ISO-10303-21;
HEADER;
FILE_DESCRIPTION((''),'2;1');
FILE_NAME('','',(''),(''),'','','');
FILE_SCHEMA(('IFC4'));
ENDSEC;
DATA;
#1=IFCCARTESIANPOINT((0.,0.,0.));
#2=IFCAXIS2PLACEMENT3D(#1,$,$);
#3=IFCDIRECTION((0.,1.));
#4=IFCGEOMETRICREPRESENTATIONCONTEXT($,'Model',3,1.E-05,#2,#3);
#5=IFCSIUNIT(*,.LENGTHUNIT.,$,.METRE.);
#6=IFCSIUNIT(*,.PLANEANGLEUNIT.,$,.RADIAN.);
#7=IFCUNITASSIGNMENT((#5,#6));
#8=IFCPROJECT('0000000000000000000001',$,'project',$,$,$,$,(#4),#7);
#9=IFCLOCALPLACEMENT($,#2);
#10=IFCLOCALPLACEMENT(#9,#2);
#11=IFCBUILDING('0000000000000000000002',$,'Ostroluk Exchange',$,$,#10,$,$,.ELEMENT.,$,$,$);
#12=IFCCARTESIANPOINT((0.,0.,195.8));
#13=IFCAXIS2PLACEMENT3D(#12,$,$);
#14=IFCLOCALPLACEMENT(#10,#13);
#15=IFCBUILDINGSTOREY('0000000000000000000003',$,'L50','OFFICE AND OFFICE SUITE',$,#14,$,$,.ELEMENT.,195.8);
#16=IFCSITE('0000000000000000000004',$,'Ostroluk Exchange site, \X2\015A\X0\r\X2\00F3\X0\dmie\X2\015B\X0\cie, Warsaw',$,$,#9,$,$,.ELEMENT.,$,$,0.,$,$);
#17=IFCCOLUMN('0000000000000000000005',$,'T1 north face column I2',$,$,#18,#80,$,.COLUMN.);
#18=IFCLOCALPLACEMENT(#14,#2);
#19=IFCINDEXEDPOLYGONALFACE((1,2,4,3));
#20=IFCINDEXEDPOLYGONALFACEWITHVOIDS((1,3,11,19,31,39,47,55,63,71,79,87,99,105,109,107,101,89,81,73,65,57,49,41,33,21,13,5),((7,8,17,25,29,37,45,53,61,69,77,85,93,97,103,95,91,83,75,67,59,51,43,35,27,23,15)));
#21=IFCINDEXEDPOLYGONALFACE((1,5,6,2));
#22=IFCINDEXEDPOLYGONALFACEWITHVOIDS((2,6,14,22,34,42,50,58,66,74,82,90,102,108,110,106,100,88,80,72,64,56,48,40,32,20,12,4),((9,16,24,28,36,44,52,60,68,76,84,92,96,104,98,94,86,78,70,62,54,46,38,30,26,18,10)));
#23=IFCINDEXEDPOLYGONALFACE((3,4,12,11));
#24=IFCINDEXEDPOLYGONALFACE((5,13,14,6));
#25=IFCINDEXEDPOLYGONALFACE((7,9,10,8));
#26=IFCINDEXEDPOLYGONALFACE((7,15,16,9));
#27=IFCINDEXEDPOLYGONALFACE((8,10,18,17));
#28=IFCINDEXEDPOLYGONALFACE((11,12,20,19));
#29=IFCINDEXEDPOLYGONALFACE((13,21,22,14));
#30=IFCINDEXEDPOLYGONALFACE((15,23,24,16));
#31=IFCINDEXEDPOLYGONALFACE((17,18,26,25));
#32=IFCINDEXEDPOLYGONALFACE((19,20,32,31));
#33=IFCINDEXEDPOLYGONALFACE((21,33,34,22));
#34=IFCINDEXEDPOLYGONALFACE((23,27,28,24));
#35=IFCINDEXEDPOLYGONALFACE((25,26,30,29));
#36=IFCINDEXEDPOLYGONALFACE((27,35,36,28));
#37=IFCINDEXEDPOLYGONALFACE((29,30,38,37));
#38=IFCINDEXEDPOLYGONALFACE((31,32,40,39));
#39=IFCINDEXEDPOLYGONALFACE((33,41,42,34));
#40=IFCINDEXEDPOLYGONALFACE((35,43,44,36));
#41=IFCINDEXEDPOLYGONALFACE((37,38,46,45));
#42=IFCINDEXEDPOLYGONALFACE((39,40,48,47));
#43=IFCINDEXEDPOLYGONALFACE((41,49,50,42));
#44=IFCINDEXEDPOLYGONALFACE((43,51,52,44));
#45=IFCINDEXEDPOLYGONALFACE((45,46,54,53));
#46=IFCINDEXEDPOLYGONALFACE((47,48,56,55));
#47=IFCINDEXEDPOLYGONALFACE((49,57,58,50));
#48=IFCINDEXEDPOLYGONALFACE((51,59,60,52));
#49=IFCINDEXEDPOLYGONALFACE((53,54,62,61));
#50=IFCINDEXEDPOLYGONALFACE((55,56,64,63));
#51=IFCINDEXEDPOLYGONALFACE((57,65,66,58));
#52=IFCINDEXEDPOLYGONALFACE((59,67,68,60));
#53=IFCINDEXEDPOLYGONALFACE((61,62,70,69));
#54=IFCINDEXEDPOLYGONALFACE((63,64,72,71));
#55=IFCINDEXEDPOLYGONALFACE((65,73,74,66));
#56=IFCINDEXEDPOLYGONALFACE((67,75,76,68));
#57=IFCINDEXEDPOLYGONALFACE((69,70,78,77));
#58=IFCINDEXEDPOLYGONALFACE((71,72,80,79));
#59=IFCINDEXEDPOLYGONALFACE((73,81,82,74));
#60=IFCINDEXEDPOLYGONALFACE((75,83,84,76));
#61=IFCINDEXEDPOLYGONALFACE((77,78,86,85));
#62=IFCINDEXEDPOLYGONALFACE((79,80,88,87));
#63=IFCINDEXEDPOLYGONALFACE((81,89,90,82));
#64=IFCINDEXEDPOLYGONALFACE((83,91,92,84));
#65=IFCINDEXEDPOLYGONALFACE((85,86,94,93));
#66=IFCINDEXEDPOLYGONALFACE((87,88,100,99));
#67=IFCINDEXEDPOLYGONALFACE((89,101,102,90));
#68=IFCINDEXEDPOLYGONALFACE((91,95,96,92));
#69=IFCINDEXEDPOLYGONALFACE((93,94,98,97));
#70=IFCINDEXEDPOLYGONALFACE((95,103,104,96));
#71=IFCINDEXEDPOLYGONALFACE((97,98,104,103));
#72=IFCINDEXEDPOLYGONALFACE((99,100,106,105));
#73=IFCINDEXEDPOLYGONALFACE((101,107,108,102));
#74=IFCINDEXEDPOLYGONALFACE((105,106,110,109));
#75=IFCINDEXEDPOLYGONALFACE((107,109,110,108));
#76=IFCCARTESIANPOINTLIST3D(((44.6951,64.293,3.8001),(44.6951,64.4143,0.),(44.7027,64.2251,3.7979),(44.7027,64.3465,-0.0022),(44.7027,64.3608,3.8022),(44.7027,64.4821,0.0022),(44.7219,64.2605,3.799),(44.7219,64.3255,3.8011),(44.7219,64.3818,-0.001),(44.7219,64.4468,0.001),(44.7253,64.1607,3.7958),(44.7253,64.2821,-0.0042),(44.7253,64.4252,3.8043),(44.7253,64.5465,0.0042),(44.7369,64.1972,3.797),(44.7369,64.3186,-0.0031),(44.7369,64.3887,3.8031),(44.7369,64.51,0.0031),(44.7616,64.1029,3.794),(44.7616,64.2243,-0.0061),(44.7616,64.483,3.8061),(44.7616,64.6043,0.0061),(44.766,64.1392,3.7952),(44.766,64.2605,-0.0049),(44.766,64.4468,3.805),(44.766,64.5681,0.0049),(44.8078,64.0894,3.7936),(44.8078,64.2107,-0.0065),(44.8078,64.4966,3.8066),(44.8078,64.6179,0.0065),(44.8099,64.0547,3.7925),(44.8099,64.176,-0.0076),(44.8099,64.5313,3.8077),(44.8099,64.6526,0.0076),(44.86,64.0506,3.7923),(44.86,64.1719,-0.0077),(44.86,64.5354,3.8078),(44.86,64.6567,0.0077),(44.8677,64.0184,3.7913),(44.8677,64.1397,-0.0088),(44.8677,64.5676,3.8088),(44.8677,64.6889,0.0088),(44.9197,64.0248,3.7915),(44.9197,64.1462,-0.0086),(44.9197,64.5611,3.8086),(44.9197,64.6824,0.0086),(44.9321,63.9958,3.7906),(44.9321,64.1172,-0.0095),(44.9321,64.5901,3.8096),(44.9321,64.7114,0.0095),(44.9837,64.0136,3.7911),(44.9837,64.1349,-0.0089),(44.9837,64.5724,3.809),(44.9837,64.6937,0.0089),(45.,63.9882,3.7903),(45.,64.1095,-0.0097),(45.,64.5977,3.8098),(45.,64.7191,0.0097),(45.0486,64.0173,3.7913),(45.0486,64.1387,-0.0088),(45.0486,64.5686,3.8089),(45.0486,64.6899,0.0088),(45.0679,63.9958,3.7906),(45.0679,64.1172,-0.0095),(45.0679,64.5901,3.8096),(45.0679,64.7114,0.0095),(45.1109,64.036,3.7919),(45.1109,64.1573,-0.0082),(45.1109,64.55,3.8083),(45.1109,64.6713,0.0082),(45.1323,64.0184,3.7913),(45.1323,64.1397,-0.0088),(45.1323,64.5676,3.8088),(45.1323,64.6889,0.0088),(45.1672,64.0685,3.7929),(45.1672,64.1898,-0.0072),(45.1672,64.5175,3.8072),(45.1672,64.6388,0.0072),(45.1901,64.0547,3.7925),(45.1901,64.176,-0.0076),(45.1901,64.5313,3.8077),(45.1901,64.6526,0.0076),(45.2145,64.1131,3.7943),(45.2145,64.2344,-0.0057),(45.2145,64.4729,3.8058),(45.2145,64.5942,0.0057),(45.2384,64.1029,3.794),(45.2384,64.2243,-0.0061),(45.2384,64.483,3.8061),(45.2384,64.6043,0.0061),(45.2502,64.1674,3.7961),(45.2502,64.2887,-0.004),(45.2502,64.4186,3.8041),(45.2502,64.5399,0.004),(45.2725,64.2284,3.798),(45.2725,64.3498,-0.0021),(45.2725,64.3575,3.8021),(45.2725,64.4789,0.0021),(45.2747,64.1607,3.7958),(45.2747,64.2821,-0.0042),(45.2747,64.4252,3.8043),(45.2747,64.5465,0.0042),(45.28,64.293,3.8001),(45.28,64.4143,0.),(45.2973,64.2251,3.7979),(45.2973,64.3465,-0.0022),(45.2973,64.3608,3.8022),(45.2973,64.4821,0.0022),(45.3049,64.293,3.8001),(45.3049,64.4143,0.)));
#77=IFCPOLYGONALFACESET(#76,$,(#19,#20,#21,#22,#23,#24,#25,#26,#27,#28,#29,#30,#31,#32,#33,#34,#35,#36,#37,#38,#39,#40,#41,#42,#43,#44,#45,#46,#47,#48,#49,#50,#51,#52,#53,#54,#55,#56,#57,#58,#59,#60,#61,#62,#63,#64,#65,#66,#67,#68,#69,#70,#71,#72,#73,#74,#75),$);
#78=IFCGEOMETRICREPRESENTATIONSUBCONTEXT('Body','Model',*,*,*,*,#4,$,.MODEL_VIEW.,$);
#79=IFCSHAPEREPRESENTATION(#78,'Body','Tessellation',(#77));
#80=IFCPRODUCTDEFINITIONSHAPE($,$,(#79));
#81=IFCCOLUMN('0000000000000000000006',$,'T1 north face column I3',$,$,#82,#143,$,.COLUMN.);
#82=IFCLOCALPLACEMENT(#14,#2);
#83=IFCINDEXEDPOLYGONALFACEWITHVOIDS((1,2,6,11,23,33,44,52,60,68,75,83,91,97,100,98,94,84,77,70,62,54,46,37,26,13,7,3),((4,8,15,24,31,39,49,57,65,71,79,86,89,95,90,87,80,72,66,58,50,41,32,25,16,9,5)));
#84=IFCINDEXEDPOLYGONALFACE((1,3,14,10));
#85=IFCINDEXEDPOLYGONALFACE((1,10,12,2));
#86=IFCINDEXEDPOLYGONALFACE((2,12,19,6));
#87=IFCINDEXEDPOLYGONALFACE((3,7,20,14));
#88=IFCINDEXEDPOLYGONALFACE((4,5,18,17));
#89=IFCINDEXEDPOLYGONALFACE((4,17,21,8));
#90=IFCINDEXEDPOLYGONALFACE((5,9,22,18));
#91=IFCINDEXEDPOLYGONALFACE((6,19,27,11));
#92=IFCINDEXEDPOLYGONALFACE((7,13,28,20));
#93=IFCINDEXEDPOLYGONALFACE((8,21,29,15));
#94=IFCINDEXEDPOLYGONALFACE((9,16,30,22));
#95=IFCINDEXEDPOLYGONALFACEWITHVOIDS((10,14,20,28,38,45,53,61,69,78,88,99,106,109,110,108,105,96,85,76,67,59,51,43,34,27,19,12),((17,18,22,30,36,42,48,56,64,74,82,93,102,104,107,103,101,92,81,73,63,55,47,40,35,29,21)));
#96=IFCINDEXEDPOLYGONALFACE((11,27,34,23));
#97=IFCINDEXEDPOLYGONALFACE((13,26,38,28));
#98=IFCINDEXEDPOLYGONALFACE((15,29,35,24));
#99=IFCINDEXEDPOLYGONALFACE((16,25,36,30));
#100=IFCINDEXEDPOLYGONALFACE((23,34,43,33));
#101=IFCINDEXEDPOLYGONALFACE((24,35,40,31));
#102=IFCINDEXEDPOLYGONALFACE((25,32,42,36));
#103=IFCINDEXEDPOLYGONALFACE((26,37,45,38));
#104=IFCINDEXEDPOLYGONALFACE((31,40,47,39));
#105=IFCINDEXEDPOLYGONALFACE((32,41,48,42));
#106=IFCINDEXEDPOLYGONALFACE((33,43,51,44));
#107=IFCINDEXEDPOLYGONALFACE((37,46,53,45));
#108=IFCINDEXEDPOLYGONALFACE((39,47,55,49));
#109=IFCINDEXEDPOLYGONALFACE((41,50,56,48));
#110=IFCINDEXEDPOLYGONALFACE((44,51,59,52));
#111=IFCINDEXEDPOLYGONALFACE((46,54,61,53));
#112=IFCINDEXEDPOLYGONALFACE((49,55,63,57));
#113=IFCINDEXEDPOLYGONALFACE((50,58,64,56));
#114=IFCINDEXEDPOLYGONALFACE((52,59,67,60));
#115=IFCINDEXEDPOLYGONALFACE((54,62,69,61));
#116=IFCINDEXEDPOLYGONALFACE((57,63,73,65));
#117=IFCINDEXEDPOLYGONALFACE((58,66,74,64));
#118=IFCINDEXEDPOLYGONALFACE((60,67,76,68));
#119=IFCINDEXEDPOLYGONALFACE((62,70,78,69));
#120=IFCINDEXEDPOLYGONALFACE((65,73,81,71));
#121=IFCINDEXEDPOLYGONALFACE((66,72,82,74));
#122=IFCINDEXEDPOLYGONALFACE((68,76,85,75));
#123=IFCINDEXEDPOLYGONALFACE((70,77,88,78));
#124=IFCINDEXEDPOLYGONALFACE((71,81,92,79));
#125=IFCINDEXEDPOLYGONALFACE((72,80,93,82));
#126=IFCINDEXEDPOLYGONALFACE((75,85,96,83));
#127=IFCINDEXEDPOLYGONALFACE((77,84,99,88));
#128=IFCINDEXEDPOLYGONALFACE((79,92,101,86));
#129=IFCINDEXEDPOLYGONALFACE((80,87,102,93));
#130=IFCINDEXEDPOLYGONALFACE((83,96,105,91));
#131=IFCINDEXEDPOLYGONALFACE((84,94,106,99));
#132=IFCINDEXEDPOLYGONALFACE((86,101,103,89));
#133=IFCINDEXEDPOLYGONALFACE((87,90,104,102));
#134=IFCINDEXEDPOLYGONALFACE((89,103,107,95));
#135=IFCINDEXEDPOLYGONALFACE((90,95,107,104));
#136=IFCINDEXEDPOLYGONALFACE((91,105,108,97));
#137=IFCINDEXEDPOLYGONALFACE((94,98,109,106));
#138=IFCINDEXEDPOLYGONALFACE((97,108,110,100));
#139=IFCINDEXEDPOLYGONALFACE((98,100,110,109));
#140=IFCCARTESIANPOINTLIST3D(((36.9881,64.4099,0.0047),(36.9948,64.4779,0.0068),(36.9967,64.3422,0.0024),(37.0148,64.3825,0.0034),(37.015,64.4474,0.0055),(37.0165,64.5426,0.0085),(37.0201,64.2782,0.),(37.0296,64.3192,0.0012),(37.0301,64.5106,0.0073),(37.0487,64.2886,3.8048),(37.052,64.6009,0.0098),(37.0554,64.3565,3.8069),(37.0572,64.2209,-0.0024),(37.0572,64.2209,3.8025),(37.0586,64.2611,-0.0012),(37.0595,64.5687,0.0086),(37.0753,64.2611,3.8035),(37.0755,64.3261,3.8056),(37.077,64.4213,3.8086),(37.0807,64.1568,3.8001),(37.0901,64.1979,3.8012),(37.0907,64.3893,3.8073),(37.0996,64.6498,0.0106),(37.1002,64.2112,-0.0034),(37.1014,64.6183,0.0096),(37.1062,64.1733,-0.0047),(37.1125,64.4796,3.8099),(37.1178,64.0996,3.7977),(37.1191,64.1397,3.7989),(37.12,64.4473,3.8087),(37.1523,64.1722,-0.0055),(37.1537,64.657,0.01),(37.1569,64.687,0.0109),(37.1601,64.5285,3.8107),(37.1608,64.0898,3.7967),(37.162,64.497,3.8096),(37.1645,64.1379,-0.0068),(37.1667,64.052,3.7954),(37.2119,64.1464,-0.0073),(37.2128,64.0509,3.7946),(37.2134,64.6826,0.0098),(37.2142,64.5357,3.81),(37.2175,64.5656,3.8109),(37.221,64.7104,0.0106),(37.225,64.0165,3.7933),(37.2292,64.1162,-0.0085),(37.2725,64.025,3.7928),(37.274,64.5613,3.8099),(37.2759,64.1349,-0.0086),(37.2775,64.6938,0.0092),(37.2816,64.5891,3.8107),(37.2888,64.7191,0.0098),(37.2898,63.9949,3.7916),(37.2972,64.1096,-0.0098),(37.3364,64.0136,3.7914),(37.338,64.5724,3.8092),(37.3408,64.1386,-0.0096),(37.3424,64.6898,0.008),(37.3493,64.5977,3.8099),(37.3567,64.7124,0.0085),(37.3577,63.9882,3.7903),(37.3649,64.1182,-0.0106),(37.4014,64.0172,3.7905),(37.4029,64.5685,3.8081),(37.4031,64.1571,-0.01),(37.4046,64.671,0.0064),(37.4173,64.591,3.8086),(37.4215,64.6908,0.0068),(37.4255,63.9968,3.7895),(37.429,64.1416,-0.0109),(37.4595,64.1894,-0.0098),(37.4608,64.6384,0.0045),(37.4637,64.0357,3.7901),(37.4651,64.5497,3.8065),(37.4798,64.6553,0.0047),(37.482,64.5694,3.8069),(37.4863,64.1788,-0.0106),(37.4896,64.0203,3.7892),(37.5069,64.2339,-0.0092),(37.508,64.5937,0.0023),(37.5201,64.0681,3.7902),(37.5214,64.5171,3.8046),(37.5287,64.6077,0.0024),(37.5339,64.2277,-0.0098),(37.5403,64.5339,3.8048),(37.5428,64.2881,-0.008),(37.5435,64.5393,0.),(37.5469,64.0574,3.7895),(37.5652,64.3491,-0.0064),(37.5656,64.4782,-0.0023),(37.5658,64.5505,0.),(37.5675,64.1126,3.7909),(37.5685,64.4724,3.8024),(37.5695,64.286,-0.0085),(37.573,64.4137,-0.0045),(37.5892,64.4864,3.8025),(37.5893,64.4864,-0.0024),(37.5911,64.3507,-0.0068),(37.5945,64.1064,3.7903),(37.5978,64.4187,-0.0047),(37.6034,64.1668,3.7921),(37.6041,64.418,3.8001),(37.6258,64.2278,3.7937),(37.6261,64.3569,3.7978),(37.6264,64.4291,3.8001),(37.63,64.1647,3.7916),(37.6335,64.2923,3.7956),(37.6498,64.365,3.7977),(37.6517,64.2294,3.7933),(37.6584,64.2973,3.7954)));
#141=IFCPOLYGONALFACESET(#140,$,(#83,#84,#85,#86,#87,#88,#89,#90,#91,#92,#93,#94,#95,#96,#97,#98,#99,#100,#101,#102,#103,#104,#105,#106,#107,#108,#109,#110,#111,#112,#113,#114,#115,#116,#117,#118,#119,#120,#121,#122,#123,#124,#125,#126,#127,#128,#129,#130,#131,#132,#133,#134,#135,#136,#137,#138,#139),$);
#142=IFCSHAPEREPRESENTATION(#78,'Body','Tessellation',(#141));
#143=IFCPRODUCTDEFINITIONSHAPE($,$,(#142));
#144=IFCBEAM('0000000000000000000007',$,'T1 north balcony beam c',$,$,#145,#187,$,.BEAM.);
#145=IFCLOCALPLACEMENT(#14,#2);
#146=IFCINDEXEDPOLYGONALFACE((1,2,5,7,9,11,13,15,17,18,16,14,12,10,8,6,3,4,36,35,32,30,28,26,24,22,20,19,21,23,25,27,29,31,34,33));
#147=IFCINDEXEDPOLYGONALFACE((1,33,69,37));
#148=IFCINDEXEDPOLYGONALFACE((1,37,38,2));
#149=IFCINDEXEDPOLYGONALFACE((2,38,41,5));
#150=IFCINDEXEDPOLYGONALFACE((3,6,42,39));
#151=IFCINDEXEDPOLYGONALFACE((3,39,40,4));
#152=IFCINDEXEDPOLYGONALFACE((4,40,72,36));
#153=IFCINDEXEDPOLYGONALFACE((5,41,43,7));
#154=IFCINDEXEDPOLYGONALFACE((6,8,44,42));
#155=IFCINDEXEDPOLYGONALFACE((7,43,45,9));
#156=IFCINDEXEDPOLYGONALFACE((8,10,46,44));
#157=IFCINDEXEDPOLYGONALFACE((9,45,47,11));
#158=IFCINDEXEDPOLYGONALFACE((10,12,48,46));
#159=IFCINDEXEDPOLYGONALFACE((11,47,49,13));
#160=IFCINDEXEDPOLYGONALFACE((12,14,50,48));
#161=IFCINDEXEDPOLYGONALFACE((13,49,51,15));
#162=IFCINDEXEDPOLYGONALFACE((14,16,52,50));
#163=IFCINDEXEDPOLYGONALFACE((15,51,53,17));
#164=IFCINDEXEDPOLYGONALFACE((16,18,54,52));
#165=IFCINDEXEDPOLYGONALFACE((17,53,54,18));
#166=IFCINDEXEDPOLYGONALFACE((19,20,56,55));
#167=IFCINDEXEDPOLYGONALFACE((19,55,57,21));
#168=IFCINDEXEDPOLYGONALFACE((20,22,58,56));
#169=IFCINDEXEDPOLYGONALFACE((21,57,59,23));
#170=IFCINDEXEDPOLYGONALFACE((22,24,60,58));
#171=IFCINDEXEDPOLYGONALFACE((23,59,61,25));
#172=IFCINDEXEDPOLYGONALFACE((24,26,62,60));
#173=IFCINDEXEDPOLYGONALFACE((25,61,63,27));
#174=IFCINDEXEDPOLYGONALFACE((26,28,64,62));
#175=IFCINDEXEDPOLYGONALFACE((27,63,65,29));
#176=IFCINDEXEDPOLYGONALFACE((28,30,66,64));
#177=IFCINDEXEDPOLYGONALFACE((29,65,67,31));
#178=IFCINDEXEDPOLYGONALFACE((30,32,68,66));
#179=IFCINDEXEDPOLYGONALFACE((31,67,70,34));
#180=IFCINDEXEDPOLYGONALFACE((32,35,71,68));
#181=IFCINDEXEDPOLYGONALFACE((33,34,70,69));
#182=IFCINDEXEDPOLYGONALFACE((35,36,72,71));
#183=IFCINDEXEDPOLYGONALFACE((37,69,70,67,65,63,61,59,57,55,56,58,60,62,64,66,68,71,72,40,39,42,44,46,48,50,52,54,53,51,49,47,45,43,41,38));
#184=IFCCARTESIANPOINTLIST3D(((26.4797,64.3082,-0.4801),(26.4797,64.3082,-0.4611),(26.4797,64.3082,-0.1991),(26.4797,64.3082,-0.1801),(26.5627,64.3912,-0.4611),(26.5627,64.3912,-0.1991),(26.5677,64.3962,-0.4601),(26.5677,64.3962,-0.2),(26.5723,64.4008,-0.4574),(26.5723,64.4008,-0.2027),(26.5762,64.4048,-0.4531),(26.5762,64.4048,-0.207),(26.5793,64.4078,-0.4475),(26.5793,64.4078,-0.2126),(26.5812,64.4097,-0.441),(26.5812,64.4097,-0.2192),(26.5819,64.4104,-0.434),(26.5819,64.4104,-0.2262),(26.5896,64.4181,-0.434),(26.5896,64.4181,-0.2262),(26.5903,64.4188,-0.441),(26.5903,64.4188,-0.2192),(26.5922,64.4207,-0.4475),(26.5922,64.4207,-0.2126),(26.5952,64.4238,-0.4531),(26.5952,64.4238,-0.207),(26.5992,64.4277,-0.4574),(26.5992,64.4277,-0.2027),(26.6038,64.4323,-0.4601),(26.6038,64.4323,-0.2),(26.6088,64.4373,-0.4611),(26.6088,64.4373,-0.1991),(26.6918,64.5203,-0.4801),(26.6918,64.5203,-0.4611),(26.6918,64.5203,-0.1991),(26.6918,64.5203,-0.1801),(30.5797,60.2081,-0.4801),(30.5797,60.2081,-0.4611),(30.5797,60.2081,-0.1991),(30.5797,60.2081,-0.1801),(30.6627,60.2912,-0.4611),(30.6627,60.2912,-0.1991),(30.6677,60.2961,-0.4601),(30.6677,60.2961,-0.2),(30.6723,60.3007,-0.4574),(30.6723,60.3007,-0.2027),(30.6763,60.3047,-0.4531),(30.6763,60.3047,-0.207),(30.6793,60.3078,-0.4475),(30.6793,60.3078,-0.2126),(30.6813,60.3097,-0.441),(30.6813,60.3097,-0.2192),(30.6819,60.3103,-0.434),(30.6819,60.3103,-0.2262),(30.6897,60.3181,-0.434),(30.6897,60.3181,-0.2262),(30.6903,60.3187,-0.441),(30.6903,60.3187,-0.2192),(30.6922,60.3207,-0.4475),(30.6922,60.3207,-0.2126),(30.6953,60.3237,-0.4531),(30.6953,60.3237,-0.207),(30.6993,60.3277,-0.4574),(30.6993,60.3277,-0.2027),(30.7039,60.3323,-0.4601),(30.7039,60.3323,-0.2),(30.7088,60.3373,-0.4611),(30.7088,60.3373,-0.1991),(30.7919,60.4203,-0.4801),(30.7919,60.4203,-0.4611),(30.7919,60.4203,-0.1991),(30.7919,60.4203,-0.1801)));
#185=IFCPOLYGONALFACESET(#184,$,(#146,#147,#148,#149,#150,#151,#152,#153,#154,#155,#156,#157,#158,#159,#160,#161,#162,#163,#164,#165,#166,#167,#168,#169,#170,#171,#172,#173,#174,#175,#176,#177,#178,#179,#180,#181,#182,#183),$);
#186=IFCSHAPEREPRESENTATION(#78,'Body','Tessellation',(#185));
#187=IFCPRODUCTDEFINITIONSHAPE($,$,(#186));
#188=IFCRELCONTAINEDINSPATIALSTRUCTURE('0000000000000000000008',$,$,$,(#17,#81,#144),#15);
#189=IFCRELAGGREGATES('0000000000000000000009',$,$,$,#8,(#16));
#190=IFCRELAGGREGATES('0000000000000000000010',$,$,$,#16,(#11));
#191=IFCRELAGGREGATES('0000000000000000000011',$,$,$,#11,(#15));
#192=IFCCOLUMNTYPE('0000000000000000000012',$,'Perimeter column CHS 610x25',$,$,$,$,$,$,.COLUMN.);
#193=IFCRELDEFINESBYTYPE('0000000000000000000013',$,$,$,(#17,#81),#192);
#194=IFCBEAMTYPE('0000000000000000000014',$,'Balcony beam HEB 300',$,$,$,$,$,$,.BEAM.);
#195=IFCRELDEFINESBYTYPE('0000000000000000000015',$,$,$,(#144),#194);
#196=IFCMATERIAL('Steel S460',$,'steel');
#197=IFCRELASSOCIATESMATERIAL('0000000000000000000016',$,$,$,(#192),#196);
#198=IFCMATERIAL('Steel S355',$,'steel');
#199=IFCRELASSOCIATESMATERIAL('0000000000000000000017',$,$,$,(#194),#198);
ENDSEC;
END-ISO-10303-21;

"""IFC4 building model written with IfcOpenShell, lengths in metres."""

from ifc_helpers import new_model, si_unit, direction, frame, origin, origin_2d, place, context, subcontext, project, spatial, hollow_circle, i_section, extrude, material, material_profile, profile_set, type_object, element, save


model = new_model("IFC4")

# Units and contexts
model_context = context("Model", 3, precision=1e-05, world=origin(), true_north=direction((0.0, 1.0)))
body_context = subcontext(model_context, "Body", "Model", "MODEL_VIEW")
ifc_project = project(units=[si_unit("LENGTHUNIT", "METRE"), si_unit("PLANEANGLEUNIT", "RADIAN")], contexts=[model_context])

# Site, building, storey
site_placement = place(None, origin())
site = spatial("IfcSite", under=ifc_project, at=site_placement, Name="Ostroluk Exchange site, Śródmieście, Warsaw", CompositionType="ELEMENT", RefElevation=0.0)
building_placement = place(site_placement, origin())
building = spatial("IfcBuilding", under=site, at=building_placement, Name="Ostroluk Exchange", CompositionType="ELEMENT")
storey_placement = place(building_placement, frame((0.0, 0.0, 195.8)))
storey = spatial("IfcBuildingStorey", under=building, at=storey_placement, Name="L50", Description="OFFICE AND OFFICE SUITE", CompositionType="ELEMENT", Elevation=195.8)

# Columns
ifc_material_1 = material(Name="Steel S460", Category="steel")
ifc_material_profile_1 = material_profile(ifc_material_1, hollow_circle(Radius=0.3049, WallThickness=0.0249, at=origin_2d()), Name="CHS 610x25")
ifc_profile_set_1 = profile_set([ifc_material_profile_1], Name="Steel S460")
column_type = type_object("IfcColumnType", Name="Perimeter column CHS 610x25", PredefinedType="COLUMN", material=ifc_profile_set_1)
column_1_placement = place(storey_placement, frame((45.0, 64.4143, 0.0), z_axis=(0.0, -0.031914, 0.999491), x_axis=(1.0, 0.0, 0.0)))
element("IfcColumn", 1, at=column_1_placement, inside=storey, type_object=column_type, Name="T1 north face column I2", PredefinedType="COLUMN", context=body_context, shape_type="SweptSolid", body=[
    extrude(hollow_circle(Radius=0.3049, WallThickness=0.0249, at=origin_2d()), origin(), (0.0, 0.0, 1.0), 3.802),
])
column_2_placement = place(storey_placement, frame((37.293, 64.4143, 0.0), z_axis=(0.015923, -0.03191, 0.999364), x_axis=(0.894787, 0.446493, 0.0)))
element("IfcColumn", 2, at=column_2_placement, inside=storey, type_object=column_type, Name="T1 north face column I3", PredefinedType="COLUMN", context=body_context, shape_type="SweptSolid", body=[
    extrude(hollow_circle(Radius=0.3049, WallThickness=0.0249, at=origin_2d()), origin(), (0.0, 0.0, 1.0), 3.8025),
])

# Beam
ifc_material_2 = material(Name="Steel S355", Category="steel")
ifc_material_profile_2 = material_profile(ifc_material_2, i_section(OverallWidth=0.3, OverallDepth=0.3, WebThickness=0.011, FlangeThickness=0.019, FilletRadius=0.0271, at=origin_2d()), Name="HEB 300")
ifc_profile_set_2 = profile_set([ifc_material_profile_2], Name="Steel S355")
beam_type_1 = type_object("IfcBeamType", Name="Balcony beam HEB 300", PredefinedType="BEAM", material=ifc_profile_set_2)
beam_1_placement = place(storey_placement, frame((30.6858, 60.3142, -0.3301), z_axis=(-0.707107, 0.707107, 0.0), x_axis=(-0.707107, -0.707107, 0.0)))
element("IfcBeam", 3, at=beam_1_placement, inside=storey, type_object=beam_type_1, Name="T1 north balcony beam c", PredefinedType="BEAM", context=body_context, shape_type="SweptSolid", body=[
    extrude(i_section(OverallWidth=0.3, OverallDepth=0.3, WebThickness=0.011, FlangeThickness=0.019, FilletRadius=0.0271, at=origin_2d()), origin(), (0.0, 0.0, 1.0), 5.7983),
])

save(model, "model.ifc")
